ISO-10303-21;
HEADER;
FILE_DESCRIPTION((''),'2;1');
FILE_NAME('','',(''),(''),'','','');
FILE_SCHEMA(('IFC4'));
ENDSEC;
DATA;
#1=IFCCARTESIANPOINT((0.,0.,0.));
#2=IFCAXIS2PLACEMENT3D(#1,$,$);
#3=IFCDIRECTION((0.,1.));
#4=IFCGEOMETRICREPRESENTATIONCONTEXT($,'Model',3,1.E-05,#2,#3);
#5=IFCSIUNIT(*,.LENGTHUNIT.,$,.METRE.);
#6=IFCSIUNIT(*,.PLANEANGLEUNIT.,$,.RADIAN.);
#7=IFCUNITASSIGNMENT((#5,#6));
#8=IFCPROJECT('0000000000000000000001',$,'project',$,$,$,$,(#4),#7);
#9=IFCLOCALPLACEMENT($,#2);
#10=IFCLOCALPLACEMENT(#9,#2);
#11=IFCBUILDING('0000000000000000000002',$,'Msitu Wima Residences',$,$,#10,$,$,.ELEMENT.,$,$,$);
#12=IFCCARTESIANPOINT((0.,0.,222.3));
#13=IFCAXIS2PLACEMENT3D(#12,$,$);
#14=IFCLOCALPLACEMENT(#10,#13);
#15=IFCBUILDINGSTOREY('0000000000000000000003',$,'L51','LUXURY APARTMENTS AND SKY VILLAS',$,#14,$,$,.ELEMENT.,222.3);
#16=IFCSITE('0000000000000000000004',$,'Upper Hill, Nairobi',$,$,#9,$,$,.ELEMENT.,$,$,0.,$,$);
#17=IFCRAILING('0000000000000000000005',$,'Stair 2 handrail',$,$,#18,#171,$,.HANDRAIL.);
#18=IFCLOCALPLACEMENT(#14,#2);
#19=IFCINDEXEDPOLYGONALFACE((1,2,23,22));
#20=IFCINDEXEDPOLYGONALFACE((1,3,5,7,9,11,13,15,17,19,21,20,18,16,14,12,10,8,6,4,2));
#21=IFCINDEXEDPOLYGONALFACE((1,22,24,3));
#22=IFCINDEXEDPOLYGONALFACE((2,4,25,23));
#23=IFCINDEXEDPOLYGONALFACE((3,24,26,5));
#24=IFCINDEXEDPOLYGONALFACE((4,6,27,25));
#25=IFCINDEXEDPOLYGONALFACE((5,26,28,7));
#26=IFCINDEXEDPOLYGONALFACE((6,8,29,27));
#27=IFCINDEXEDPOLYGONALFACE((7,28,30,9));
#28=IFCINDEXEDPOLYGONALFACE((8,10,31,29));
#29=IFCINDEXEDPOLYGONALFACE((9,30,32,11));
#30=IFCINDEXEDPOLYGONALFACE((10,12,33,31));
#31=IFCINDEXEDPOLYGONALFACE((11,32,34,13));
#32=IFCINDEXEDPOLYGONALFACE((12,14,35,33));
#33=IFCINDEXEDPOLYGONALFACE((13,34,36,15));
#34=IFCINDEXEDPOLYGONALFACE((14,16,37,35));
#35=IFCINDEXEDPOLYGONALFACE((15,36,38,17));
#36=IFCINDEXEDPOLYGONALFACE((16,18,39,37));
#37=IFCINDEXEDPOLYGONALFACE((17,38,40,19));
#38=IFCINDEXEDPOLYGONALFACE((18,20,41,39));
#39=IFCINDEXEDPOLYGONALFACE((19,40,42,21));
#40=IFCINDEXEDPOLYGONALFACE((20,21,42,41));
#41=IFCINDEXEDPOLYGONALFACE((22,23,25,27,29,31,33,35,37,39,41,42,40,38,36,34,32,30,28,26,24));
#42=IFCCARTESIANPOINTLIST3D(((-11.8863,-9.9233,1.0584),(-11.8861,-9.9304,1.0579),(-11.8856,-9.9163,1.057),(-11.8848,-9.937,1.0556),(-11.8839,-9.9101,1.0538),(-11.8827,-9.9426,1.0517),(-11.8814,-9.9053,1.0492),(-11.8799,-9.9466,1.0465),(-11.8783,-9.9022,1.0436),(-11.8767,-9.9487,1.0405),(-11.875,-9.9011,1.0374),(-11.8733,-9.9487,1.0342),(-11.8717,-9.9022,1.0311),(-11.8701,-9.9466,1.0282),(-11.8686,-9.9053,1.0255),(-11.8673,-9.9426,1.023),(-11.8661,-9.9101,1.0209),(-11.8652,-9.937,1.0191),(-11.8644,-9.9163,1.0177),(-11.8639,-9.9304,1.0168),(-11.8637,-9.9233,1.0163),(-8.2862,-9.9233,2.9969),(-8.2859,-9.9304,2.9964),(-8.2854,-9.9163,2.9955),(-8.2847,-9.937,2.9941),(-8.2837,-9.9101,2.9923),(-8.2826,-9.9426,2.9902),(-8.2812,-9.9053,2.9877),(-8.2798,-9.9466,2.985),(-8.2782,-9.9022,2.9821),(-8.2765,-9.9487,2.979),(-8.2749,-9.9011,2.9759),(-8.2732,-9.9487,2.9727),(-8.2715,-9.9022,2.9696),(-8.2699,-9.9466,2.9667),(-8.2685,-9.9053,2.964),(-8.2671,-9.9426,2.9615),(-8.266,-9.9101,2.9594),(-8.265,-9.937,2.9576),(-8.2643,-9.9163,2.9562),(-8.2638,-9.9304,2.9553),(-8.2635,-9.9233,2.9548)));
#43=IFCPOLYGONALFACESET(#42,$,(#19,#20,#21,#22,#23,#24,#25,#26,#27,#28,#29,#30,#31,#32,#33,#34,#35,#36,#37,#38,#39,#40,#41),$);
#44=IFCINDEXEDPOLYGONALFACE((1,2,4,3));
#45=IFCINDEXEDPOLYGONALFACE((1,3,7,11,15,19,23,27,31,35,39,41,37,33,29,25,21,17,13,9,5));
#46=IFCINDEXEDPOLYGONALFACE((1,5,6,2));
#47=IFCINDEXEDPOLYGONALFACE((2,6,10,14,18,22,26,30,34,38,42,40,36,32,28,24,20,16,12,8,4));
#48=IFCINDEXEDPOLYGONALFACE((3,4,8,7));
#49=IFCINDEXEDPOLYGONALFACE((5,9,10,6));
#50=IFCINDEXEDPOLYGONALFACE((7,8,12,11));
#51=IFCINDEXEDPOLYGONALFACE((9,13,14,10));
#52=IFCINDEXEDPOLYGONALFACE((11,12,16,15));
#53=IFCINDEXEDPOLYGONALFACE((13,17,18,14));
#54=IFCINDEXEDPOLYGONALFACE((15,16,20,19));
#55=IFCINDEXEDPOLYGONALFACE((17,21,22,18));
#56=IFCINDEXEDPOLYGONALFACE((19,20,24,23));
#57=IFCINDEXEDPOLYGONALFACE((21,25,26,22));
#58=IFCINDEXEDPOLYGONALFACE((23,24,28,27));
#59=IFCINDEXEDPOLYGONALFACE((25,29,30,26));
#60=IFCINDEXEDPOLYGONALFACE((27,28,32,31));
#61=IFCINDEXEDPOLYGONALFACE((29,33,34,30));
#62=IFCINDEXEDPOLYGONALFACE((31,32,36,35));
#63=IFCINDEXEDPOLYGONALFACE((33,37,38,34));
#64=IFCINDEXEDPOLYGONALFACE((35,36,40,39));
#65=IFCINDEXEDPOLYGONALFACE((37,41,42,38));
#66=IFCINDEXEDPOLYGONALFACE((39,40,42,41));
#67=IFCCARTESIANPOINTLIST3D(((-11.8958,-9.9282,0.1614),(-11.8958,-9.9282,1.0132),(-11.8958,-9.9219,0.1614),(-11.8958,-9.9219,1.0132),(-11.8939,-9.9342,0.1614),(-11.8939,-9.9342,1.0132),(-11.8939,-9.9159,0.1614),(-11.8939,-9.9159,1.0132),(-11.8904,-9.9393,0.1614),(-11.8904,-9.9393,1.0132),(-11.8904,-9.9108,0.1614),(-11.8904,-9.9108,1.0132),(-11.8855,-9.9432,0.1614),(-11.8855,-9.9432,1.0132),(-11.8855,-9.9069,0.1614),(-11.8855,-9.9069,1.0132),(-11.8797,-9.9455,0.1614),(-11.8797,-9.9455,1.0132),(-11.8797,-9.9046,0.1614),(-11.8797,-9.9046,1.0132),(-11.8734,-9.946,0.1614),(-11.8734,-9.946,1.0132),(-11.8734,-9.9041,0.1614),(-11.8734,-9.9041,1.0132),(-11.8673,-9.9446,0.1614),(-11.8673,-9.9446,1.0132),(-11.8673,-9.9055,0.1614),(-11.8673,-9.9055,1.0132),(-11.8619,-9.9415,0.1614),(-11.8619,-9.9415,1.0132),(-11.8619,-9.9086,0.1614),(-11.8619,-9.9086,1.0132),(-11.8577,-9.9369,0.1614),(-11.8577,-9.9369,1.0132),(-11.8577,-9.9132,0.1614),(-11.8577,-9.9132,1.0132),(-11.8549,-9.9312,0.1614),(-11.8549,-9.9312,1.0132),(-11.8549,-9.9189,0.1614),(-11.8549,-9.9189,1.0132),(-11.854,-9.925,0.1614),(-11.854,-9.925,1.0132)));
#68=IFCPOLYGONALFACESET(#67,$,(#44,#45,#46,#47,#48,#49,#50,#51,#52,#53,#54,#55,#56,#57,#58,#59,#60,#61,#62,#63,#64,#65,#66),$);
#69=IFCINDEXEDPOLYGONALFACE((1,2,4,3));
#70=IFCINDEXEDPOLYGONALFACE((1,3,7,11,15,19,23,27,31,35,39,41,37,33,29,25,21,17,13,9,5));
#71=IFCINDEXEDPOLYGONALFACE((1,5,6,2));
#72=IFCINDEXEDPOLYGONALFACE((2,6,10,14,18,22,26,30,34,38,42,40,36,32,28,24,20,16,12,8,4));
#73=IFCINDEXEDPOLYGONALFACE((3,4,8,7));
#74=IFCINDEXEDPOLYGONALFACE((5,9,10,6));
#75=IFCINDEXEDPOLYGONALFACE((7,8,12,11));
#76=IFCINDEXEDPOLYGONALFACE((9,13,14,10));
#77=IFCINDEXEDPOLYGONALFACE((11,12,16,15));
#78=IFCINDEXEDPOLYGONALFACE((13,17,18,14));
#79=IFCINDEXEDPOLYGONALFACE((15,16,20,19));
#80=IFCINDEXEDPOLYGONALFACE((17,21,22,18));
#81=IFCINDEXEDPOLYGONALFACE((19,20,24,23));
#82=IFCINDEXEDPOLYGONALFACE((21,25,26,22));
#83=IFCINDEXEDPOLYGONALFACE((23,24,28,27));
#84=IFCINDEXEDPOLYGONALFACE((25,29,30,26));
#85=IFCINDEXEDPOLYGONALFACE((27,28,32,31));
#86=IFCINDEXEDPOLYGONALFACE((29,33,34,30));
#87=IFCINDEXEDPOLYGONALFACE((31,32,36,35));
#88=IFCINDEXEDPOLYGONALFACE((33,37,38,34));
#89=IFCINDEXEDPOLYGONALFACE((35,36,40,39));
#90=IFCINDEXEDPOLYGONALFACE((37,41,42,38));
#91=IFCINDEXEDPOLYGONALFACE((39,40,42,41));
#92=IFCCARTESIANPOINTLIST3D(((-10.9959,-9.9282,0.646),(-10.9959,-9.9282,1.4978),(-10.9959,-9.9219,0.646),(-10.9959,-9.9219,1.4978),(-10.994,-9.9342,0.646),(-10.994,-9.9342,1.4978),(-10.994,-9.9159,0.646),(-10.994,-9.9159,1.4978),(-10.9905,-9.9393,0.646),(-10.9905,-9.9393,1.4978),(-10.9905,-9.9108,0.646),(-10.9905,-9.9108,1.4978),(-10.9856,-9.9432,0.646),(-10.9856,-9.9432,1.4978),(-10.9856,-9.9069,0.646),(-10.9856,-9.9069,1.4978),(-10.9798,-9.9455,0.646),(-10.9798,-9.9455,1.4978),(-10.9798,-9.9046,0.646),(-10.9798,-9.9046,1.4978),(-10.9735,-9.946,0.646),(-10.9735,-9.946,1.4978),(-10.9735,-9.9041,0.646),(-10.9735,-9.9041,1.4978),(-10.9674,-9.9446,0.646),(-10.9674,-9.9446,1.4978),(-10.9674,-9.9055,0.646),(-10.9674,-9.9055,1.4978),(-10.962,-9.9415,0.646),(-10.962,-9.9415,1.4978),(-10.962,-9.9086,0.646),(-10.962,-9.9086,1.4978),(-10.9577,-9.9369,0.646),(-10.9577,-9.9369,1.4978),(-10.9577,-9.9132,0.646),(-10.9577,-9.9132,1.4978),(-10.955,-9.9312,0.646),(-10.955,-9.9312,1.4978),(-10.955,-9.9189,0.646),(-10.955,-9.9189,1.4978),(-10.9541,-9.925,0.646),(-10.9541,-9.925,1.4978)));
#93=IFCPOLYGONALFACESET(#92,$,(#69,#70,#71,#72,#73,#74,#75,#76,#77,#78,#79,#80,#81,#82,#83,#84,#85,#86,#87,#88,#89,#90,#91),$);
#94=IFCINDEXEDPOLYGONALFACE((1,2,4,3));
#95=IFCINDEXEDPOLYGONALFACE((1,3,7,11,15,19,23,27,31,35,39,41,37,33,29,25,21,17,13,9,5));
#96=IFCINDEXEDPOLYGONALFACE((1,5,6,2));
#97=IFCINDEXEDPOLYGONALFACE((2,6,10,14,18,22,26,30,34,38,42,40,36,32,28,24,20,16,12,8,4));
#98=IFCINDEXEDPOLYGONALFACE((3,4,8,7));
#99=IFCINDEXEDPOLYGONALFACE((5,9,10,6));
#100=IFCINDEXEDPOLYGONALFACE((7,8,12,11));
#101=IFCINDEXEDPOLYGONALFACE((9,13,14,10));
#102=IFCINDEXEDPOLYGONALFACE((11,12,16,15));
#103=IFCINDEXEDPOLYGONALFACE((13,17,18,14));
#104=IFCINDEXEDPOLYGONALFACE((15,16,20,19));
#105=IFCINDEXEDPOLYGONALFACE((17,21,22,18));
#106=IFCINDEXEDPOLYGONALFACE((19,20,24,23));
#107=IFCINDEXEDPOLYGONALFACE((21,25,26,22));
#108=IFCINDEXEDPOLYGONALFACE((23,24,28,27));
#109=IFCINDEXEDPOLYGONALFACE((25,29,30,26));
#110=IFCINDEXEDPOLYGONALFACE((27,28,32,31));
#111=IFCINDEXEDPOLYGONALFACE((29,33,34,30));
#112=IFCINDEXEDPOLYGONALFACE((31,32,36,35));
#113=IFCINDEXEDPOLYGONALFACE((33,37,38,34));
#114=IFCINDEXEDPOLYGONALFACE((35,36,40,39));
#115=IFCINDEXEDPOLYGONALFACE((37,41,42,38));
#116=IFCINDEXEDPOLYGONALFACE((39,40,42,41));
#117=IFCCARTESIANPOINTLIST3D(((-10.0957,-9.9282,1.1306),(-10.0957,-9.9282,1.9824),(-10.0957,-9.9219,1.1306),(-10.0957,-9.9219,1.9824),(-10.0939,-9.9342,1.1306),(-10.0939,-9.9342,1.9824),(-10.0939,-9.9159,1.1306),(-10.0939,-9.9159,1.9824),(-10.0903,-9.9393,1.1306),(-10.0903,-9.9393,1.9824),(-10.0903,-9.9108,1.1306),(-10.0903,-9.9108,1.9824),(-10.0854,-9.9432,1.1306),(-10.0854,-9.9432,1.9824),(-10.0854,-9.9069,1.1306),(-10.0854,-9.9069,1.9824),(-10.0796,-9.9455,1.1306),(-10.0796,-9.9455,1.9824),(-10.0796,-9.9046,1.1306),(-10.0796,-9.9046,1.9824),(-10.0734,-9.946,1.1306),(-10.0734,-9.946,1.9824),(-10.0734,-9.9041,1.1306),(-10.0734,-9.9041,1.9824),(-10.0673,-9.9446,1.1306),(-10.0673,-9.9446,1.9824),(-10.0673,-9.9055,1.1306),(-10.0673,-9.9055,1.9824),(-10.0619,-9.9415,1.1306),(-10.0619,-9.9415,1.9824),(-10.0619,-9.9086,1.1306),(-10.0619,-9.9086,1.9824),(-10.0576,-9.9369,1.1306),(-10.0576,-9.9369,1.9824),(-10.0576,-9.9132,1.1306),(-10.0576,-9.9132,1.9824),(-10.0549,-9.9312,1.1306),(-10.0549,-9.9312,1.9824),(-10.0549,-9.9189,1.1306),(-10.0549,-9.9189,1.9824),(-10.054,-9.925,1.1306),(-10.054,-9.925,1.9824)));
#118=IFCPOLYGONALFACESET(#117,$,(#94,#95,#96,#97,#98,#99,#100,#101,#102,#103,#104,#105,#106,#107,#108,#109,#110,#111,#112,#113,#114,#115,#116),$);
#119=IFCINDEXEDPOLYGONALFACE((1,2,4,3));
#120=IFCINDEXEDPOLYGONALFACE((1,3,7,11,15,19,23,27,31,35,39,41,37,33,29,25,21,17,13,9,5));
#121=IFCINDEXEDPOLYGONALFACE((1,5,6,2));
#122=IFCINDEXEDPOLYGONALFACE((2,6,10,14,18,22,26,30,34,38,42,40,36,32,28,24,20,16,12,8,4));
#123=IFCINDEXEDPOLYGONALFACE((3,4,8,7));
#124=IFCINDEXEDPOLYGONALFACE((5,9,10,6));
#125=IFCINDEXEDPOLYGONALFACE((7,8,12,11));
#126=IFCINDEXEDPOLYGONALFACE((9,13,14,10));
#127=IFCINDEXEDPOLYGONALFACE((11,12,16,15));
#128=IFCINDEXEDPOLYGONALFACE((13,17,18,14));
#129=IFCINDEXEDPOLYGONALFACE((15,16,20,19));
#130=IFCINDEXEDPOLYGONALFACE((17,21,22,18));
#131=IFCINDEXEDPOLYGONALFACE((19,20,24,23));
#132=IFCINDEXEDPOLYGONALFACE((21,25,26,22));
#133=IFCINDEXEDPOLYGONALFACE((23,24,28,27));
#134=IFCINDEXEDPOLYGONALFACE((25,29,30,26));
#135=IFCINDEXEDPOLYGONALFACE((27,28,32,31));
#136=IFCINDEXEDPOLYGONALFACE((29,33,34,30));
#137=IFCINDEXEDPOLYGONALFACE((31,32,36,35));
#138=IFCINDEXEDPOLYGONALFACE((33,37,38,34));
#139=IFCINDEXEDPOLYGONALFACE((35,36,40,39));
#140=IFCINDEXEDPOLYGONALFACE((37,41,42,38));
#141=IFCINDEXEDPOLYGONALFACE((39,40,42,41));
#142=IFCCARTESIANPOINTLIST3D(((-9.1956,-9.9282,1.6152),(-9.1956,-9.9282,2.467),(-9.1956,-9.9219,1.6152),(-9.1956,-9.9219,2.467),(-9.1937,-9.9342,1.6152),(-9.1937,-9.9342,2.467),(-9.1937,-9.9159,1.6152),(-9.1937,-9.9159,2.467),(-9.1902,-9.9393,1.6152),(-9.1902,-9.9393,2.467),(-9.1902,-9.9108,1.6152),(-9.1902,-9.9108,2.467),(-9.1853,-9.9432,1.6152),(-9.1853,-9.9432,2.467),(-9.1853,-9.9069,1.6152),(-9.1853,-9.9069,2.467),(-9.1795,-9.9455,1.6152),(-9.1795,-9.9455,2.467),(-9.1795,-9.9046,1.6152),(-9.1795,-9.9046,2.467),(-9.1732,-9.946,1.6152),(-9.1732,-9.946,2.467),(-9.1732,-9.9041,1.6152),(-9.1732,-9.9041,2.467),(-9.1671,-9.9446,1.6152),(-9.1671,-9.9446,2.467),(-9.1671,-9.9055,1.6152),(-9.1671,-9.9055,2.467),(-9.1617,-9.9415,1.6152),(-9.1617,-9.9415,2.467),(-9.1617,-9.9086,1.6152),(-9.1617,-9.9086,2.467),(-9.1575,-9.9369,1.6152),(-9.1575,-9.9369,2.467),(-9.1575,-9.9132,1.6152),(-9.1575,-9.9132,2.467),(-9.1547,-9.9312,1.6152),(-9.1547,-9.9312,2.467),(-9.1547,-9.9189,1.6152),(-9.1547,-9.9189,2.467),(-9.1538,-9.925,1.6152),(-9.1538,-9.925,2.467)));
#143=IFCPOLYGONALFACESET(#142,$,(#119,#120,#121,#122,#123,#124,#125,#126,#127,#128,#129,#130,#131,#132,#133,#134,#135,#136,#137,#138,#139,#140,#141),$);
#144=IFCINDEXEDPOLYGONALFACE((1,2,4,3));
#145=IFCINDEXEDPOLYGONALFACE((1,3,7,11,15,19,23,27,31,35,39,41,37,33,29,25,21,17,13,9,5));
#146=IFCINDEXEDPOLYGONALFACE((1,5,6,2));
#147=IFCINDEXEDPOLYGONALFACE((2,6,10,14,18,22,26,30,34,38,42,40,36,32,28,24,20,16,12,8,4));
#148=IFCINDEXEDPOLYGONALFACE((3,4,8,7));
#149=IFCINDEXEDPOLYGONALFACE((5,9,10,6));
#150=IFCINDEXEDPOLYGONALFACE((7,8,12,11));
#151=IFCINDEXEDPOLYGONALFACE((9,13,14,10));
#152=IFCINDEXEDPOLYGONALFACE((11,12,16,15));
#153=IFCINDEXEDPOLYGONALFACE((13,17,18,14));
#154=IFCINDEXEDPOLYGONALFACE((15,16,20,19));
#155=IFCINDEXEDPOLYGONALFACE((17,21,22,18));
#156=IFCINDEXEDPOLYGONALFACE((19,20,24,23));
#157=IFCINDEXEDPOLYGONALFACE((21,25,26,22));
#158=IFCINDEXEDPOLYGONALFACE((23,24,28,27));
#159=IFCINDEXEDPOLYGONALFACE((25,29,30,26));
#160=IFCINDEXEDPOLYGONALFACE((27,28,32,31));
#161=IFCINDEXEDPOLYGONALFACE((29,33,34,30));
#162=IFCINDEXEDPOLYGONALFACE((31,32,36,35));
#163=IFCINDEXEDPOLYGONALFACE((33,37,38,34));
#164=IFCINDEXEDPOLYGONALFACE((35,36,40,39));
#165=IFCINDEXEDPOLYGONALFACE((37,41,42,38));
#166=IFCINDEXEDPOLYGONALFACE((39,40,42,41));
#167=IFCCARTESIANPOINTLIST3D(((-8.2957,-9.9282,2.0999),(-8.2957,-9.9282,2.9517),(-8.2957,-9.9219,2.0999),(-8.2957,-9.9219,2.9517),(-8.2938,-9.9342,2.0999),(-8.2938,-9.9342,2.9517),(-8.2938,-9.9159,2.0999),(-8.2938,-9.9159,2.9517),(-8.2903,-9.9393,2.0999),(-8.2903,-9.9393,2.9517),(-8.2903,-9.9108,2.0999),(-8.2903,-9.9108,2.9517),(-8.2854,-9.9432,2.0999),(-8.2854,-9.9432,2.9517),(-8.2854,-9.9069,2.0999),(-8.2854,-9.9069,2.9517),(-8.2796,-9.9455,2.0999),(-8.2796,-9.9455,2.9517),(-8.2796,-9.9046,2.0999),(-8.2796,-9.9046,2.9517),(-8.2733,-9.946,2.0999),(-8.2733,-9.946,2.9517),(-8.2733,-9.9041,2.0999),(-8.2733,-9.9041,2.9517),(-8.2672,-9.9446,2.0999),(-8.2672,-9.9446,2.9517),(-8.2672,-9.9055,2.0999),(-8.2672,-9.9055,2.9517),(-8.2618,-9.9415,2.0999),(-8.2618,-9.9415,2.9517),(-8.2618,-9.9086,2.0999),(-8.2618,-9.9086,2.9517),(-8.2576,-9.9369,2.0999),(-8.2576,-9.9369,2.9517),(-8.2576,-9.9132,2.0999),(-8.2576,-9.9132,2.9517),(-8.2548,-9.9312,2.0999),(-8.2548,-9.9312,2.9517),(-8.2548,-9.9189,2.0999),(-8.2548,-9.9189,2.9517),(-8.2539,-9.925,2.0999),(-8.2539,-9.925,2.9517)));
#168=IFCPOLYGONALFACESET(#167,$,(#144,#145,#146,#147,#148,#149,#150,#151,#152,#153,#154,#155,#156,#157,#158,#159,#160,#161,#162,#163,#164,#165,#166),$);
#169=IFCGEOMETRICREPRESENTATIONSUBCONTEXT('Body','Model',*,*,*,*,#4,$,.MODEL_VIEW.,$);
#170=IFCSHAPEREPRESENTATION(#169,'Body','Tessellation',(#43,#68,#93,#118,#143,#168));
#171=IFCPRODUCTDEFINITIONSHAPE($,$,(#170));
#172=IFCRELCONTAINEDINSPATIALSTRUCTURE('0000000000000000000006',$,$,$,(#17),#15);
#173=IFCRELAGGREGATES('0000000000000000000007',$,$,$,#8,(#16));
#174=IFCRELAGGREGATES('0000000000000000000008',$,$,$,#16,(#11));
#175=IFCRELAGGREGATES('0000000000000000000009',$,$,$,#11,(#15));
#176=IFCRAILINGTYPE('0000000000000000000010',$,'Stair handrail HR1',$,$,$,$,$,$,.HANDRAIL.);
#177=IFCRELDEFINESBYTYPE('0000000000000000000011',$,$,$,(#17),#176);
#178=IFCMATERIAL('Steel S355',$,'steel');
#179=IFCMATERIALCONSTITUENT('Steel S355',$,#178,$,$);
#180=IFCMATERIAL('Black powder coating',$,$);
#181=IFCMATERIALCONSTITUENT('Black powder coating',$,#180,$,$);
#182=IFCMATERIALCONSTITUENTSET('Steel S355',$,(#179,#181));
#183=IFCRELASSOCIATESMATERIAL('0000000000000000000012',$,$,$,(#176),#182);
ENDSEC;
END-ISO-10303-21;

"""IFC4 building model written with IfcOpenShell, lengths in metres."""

from ifc_helpers import new_model, si_unit, direction, frame, origin, origin_2d, place, context, subcontext, project, spatial, circle, extrude, material, constituent, constituent_set, type_object, element, save


model = new_model("IFC4")

# Units and contexts
model_context = context("Model", 3, precision=1e-05, world=origin(), true_north=direction((0.0, 1.0)))
body_context = subcontext(model_context, "Body", "Model", "MODEL_VIEW")
ifc_project = project(units=[si_unit("LENGTHUNIT", "METRE"), si_unit("PLANEANGLEUNIT", "RADIAN")], contexts=[model_context])

# Site, building, storey
site_placement = place(None, origin())
site = spatial("IfcSite", under=ifc_project, at=site_placement, Name="Upper Hill, Nairobi", CompositionType="ELEMENT", RefElevation=0.0)
building_placement = place(site_placement, origin())
building = spatial("IfcBuilding", under=site, at=building_placement, Name="Msitu Wima Residences", CompositionType="ELEMENT")
storey_placement = place(building_placement, frame((0.0, 0.0, 222.3)))
storey = spatial("IfcBuildingStorey", under=building, at=storey_placement, Name="L51", Description="LUXURY APARTMENTS AND SKY VILLAS", CompositionType="ELEMENT", Elevation=222.3)

# Railing
ifc_material_1 = material(Name="Steel S355", Category="steel")
ifc_constituent_1 = constituent(ifc_material_1, Name="Steel S355")
ifc_material_2 = material(Name="Black powder coating")
ifc_constituent_2 = constituent(ifc_material_2, Name="Black powder coating")
ifc_constituent_set = constituent_set(constituents=[ifc_constituent_1, ifc_constituent_2], Name="Steel S355")
railing_type = type_object("IfcRailingType", Name="Stair handrail HR1", PredefinedType="HANDRAIL", material=ifc_constituent_set)
for number, where, name in (
    (1, (-11.875, -9.925, 0.1614), "Stair 2 handrail"),
):
    element("IfcRailing", number, at=place(storey_placement, frame(where)), inside=storey, type_object=railing_type, Name=name, PredefinedType="HANDRAIL", context=body_context, shape_type="SweptSolid", body=[
        extrude(circle(Radius=0.0239, at=origin_2d()), frame((0.0, 0.0, 0.876), z_axis=(0.880475, 0.0, 0.474093), x_axis=(0.0, 1.0, 0.0)), (0.0, 0.0, 1.0), 4.0889),
        extrude(circle(Radius=0.021, at=origin_2d()), origin(), (0.0, 0.0, 1.0), 0.8518),
        extrude(circle(Radius=0.021, at=origin_2d()), frame((0.8999, 0.0, 0.4846)), (0.0, 0.0, 1.0), 0.8518),
        extrude(circle(Radius=0.021, at=origin_2d()), frame((1.8, 0.0, 0.9692)), (0.0, 0.0, 1.0), 0.8518),
        extrude(circle(Radius=0.021, at=origin_2d()), frame((2.7002, 0.0, 1.4539)), (0.0, 0.0, 1.0), 0.8518),
        extrude(circle(Radius=0.021, at=origin_2d()), frame((3.6001, 0.0, 1.9385)), (0.0, 0.0, 1.0), 0.8518),
    ])

save(model, "model.ifc")
